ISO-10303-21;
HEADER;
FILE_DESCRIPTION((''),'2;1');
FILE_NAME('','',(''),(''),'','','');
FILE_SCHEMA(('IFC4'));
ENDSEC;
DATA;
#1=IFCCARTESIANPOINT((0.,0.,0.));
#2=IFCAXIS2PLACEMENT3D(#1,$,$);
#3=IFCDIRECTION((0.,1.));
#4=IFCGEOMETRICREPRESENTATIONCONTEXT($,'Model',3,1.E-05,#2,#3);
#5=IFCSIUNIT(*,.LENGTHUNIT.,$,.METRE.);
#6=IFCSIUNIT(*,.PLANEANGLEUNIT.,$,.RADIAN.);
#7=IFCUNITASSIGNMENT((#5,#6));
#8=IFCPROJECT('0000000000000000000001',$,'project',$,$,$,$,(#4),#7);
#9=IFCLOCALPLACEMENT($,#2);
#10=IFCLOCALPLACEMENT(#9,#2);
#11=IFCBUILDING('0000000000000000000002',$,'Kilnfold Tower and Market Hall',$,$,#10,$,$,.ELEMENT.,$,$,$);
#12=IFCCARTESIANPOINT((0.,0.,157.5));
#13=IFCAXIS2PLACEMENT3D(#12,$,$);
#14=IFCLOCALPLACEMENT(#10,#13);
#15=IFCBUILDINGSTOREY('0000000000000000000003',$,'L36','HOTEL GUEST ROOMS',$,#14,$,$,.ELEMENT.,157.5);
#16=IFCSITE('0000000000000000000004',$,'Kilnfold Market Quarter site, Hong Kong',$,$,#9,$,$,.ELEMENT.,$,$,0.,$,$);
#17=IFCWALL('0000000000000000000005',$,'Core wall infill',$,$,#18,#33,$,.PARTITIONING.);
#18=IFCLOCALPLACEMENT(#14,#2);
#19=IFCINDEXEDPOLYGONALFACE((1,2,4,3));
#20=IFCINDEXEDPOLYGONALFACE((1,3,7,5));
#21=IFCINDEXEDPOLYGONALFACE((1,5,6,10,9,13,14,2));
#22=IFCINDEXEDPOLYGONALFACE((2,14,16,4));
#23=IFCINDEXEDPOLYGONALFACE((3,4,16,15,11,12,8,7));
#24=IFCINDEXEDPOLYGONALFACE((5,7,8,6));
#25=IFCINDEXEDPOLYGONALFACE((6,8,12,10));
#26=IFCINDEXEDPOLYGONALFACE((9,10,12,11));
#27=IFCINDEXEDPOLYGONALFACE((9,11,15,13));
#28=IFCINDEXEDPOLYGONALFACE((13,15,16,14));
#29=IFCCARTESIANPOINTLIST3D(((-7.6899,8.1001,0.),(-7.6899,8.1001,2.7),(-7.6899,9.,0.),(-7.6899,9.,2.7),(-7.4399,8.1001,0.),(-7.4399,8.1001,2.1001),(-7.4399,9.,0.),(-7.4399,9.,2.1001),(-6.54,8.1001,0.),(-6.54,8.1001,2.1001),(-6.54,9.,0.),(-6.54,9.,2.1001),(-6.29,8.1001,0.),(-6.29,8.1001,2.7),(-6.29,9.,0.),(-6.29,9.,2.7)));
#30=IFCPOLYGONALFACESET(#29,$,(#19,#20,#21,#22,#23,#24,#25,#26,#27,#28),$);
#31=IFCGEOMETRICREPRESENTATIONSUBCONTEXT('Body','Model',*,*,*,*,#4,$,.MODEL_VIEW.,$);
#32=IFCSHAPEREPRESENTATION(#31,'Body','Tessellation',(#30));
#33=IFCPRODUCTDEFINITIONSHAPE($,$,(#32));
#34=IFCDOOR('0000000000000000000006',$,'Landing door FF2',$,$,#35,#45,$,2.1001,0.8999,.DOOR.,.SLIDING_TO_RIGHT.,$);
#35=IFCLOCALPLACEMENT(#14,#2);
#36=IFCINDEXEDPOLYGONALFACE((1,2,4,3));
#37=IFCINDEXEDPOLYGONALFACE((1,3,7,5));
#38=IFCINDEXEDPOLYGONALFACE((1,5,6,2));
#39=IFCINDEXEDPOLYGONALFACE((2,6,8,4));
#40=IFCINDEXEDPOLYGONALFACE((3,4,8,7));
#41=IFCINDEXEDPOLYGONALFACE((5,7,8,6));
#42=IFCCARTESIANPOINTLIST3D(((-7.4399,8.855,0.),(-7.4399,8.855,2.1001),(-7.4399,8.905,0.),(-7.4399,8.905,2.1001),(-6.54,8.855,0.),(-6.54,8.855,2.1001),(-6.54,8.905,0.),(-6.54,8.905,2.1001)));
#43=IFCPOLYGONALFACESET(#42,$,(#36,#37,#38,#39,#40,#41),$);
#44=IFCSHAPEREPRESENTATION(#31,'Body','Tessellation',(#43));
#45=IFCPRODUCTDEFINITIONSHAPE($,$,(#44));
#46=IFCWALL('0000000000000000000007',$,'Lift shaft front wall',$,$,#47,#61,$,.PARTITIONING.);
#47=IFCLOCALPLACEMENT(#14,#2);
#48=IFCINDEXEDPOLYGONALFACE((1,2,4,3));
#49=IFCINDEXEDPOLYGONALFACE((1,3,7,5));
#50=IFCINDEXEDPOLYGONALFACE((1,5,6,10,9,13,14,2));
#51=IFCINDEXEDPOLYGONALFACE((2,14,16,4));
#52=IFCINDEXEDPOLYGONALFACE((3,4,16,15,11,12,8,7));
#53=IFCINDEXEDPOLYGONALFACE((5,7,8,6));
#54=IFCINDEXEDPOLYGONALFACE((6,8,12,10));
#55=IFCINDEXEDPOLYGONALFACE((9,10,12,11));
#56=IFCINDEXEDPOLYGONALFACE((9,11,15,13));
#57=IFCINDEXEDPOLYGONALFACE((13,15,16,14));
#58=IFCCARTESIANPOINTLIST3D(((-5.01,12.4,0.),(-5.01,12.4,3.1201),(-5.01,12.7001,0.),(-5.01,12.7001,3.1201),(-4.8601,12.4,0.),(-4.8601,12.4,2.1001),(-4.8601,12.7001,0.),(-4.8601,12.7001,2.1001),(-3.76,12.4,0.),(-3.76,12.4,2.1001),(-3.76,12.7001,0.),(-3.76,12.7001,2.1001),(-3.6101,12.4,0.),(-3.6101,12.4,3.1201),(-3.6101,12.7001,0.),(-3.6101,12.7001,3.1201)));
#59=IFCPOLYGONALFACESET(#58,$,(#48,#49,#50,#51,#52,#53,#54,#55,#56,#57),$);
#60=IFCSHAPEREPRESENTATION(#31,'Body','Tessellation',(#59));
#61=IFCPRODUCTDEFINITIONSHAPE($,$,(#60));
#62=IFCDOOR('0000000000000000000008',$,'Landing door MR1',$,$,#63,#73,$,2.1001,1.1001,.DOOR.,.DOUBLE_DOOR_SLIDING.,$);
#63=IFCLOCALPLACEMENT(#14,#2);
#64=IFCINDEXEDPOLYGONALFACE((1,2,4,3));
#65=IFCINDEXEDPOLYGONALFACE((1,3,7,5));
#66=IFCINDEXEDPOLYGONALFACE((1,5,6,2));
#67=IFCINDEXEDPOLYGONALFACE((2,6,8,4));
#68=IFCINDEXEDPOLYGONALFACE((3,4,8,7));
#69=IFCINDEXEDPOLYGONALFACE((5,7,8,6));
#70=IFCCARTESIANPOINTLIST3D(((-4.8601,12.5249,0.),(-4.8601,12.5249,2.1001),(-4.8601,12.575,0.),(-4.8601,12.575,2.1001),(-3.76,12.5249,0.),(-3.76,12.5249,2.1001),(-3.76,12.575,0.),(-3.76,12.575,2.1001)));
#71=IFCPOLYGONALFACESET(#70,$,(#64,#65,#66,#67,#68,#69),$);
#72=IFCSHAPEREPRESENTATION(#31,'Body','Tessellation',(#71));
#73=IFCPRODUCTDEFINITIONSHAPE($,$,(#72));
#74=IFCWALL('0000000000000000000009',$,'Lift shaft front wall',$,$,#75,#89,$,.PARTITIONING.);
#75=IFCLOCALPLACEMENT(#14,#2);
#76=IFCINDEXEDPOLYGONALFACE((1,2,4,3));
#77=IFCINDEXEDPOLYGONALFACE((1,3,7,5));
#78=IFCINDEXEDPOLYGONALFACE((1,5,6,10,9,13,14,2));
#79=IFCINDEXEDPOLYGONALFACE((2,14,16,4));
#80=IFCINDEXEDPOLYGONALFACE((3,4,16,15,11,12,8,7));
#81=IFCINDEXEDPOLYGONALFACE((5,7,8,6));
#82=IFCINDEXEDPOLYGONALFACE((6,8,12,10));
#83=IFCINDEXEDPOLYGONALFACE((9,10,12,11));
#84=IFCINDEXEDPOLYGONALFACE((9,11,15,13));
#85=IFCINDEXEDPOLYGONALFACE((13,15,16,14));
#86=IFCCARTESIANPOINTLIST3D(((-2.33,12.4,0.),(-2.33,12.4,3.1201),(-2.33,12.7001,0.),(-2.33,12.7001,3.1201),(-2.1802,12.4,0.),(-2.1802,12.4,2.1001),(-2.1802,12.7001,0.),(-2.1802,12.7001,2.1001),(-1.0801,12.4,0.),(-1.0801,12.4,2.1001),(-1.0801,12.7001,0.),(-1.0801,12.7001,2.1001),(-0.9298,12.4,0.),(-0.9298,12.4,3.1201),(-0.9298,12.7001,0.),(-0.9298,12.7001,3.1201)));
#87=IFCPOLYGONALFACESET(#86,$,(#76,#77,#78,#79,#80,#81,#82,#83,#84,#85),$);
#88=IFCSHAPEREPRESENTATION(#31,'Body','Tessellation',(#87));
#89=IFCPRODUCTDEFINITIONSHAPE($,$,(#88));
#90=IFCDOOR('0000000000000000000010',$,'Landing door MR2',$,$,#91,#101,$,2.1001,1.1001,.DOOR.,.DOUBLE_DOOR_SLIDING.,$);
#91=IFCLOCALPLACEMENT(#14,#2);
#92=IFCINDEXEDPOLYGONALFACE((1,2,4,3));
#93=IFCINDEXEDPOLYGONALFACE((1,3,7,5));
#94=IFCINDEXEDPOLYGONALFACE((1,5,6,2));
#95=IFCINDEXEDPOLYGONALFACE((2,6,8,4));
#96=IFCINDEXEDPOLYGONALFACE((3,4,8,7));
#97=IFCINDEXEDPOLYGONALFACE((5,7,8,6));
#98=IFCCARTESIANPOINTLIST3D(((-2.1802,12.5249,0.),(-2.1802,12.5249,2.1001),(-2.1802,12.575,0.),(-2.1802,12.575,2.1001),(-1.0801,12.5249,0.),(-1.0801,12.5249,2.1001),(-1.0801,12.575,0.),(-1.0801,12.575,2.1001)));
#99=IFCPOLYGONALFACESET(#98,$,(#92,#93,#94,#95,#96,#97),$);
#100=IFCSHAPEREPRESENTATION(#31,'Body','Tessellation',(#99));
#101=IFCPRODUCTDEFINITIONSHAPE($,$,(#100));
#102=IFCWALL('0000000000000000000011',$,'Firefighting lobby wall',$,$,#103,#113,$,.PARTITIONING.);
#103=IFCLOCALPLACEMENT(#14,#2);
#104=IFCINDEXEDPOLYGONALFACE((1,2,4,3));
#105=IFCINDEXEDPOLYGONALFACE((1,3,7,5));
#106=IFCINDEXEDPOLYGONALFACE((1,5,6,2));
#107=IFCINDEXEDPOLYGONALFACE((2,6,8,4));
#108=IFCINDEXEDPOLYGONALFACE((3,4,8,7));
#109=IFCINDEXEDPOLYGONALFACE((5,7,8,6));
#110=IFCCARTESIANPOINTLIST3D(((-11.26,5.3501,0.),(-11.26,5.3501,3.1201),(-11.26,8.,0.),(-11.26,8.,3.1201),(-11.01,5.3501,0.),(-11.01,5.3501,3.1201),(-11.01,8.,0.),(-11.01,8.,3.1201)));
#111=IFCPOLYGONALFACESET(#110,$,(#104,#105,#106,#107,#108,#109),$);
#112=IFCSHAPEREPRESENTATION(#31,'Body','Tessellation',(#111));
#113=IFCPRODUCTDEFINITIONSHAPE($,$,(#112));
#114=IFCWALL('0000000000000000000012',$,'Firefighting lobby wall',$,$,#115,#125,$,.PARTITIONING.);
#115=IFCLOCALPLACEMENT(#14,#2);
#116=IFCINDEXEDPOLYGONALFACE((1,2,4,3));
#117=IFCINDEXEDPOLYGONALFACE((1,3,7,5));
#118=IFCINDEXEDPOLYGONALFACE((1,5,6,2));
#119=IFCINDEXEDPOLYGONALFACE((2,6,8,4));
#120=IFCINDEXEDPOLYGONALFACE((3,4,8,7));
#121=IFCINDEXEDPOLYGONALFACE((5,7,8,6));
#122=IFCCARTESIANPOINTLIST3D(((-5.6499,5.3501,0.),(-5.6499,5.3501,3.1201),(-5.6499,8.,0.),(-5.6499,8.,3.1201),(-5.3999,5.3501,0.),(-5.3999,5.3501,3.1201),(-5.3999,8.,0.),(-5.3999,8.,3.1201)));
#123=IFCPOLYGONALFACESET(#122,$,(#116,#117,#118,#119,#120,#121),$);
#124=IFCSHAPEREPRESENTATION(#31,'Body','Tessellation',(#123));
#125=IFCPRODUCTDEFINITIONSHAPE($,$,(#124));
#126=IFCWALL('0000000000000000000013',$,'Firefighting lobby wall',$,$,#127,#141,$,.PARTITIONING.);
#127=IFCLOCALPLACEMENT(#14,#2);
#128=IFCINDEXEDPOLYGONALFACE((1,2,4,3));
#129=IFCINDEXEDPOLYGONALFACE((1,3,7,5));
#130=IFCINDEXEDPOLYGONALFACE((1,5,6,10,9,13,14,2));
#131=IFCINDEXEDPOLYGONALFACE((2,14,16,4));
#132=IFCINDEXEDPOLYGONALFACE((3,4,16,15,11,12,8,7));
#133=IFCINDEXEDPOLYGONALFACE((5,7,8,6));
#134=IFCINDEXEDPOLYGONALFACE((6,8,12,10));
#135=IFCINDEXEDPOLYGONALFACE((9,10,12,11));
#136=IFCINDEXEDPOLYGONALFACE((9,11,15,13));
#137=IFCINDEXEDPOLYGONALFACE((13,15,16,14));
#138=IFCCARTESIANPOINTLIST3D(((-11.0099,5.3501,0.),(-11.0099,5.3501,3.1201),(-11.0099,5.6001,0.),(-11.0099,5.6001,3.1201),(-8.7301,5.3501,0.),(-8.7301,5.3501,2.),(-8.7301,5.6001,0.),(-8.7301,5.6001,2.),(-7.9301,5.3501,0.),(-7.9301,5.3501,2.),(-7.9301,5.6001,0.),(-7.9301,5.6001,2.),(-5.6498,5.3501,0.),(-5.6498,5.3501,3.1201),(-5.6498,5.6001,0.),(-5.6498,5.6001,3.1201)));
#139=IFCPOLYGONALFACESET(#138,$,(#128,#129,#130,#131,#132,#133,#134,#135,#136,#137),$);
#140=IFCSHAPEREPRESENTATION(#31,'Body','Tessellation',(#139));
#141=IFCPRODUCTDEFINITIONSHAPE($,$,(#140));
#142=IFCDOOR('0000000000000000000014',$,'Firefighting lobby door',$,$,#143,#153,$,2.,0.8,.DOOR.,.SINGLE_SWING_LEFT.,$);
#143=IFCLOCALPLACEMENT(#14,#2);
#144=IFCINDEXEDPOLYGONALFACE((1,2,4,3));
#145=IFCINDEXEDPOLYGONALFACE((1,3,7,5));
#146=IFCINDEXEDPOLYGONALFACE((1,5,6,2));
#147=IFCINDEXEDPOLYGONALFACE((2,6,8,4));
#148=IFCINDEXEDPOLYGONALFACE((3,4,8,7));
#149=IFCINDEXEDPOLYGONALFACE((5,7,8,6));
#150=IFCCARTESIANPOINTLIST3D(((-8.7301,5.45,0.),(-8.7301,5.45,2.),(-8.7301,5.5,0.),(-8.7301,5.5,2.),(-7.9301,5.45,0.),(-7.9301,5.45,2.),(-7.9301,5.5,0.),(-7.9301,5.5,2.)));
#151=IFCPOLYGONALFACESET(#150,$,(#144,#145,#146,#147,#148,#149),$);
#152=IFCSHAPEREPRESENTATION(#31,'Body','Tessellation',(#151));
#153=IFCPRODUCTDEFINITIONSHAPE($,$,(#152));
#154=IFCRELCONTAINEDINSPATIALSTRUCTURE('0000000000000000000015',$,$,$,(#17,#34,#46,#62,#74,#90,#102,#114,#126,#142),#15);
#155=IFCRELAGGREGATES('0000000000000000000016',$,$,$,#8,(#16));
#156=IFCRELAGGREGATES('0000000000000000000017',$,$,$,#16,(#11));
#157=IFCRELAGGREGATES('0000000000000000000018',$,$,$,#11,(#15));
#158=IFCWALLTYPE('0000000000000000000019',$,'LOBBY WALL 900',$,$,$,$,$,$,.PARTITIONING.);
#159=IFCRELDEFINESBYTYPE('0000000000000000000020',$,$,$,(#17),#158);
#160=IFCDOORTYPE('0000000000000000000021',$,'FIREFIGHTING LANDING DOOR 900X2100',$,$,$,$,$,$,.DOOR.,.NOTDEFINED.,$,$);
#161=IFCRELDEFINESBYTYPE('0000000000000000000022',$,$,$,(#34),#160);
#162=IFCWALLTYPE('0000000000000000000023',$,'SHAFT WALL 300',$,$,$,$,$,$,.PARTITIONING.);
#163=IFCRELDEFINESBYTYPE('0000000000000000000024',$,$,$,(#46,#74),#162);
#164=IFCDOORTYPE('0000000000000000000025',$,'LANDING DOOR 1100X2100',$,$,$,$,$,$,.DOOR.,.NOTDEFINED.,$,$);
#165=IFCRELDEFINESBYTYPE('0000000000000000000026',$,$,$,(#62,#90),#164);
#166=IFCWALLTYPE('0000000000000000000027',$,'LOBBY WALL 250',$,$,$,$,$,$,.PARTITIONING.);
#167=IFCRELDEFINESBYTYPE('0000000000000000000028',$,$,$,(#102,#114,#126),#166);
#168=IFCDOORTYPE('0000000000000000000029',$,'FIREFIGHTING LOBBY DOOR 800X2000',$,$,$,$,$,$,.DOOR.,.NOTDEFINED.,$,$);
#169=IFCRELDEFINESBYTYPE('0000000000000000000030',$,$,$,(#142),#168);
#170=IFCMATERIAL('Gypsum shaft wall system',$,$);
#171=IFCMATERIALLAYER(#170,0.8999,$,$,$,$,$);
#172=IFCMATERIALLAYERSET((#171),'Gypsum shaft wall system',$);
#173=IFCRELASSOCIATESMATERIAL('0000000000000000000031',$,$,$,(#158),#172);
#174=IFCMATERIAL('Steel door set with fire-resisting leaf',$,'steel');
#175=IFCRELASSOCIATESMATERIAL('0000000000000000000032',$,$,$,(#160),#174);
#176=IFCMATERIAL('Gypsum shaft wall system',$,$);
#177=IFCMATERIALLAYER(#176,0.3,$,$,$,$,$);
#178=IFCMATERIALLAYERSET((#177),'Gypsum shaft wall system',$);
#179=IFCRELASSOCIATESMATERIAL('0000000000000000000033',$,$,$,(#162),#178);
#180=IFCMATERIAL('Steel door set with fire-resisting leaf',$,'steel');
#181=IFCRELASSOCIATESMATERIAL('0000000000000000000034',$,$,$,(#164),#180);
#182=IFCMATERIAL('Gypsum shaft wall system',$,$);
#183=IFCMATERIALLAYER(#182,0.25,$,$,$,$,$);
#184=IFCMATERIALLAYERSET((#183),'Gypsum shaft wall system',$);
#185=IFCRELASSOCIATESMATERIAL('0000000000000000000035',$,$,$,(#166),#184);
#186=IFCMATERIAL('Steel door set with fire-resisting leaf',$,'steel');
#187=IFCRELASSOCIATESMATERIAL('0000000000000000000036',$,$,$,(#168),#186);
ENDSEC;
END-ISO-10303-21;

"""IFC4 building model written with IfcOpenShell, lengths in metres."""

from ifc_helpers import new_model, si_unit, direction, frame, frame_2d, origin, place, context, subcontext, project, spatial, rectangle, extrude, source, transform, mapped, material, layer, layer_set, type_object, element, fill, save


model = new_model("IFC4")

# Units and contexts
model_context = context("Model", 3, precision=1e-05, world=origin(), true_north=direction((0.0, 1.0)))
body_context = subcontext(model_context, "Body", "Model", "MODEL_VIEW")
ifc_project = project(units=[si_unit("LENGTHUNIT", "METRE"), si_unit("PLANEANGLEUNIT", "RADIAN")], contexts=[model_context])

# Site, building, storey
site_placement = place(None, origin())
site = spatial("IfcSite", under=ifc_project, at=site_placement, Name="Kilnfold Market Quarter site, Hong Kong", CompositionType="ELEMENT", RefElevation=0.0)
building_placement = place(site_placement, origin())
building = spatial("IfcBuilding", under=site, at=building_placement, Name="Kilnfold Tower and Market Hall", CompositionType="ELEMENT")
storey_placement = place(building_placement, frame((0.0, 0.0, 157.5)))
storey = spatial("IfcBuildingStorey", under=building, at=storey_placement, Name="L36", Description="HOTEL GUEST ROOMS", CompositionType="ELEMENT", Elevation=157.5)

# Walls, openings, doors
ifc_material_1 = material(Name="Gypsum shaft wall system")
ifc_layer_1 = layer(ifc_material_1, 0.8999)
ifc_layer_set_1 = layer_set([ifc_layer_1], Name="Gypsum shaft wall system")
wall_type_1 = type_object("IfcWallType", Name="LOBBY WALL 900", PredefinedType="PARTITIONING", material=ifc_layer_set_1)
ifc_material_2 = material(Name="Steel door set with fire-resisting leaf", Category="steel")
door_type_1 = type_object("IfcDoorType", Name="FIREFIGHTING LANDING DOOR 900X2100", OperationType="NOTDEFINED", PredefinedType="DOOR", material=ifc_material_2)
shared_shape_1 = source(origin(), body_context, "Body", "SweptSolid", [
    extrude(rectangle(XDim=1.3999, YDim=0.8999, at=frame_2d((0.7, 0.0))), origin(), (0.0, 0.0, 1.0), 2.7),
])
wall_1_placement = place(storey_placement, frame((-7.6899, 8.55, 0.0), z_axis=(0.0, 0.0, 1.0), x_axis=(1.0, 0.0, 0.0)))
wall_1 = element("IfcWall", 1, at=wall_1_placement, inside=storey, type_object=wall_type_1, Name="Core wall infill", PredefinedType="PARTITIONING", context=body_context, shape_type="MappedRepresentation", body=[
    mapped(shared_shape_1, transform((0.0, 0.0, 0.0))),
])
opening_1_placement = place(wall_1_placement, frame((0.25, 0.0, 0.0)))
opening_1 = element("IfcOpeningElement", 2, at=opening_1_placement, cuts=wall_1, PredefinedType="OPENING", context=body_context, shape_type="SweptSolid", body=[
    extrude(rectangle(XDim=0.8999, YDim=2.1001, at=frame_2d((0.45, 1.05))), frame((0.0, 0.46, 0.0), z_axis=(0.0, -1.0, 0.0), x_axis=(1.0, 0.0, 0.0)), (0.0, 0.0, 1.0), 0.9199),
])
door_1_placement = place(opening_1_placement, origin())
door_1 = element("IfcDoor", 3, at=door_1_placement, inside=storey, type_object=door_type_1, Name="Landing door FF2", OperationType="SLIDING_TO_RIGHT", OverallHeight=2.1001, OverallWidth=0.8999, PredefinedType="DOOR", context=body_context, shape_type="SweptSolid", body=[
    extrude(rectangle(XDim=0.8999, YDim=2.1001, at=frame_2d((0.45, 1.05))), frame((0.0, 0.355, 0.0), z_axis=(0.0, -1.0, 0.0), x_axis=(1.0, 0.0, 0.0)), (0.0, 0.0, 1.0), 0.05),
])
fill(opening_1, door_1)
ifc_material_3 = material(Name="Gypsum shaft wall system")
ifc_layer_2 = layer(ifc_material_3, 0.3)
ifc_layer_set_2 = layer_set([ifc_layer_2], Name="Gypsum shaft wall system")
wall_type_2 = type_object("IfcWallType", Name="SHAFT WALL 300", PredefinedType="PARTITIONING", material=ifc_layer_set_2)
shared_shape_2 = source(origin(), body_context, "Body", "SweptSolid", [
    extrude(rectangle(XDim=1.3999, YDim=0.3, at=frame_2d((0.7, 0.0))), origin(), (0.0, 0.0, 1.0), 3.1201),
])
wall_2_placement = place(storey_placement, frame((-5.01, 12.55, 0.0), z_axis=(0.0, 0.0, 1.0), x_axis=(1.0, 0.0, 0.0)))
wall_2 = element("IfcWall", 4, at=wall_2_placement, inside=storey, type_object=wall_type_2, Name="Lift shaft front wall", PredefinedType="PARTITIONING", context=body_context, shape_type="MappedRepresentation", body=[
    mapped(shared_shape_2, transform((0.0, 0.0, 0.0))),
])
opening_2_placement = place(wall_2_placement, frame((0.1499, 0.0, 0.0)))
opening_2 = element("IfcOpeningElement", 5, at=opening_2_placement, cuts=wall_2, PredefinedType="OPENING", context=body_context, shape_type="SweptSolid", body=[
    extrude(rectangle(XDim=1.1001, YDim=2.1001, at=frame_2d((0.55, 1.05))), frame((0.0, 0.1602, 0.0), z_axis=(0.0, -1.0, 0.0), x_axis=(1.0, 0.0, 0.0)), (0.0, 0.0, 1.0), 0.3201),
])
ifc_material_4 = material(Name="Steel door set with fire-resisting leaf", Category="steel")
door_type_2 = type_object("IfcDoorType", Name="LANDING DOOR 1100X2100", OperationType="NOTDEFINED", PredefinedType="DOOR", material=ifc_material_4)
door_2_placement = place(opening_2_placement, origin())
door_2 = element("IfcDoor", 6, at=door_2_placement, inside=storey, type_object=door_type_2, Name="Landing door MR1", OperationType="DOUBLE_DOOR_SLIDING", OverallHeight=2.1001, OverallWidth=1.1001, PredefinedType="DOOR", context=body_context, shape_type="SweptSolid", body=[
    extrude(rectangle(XDim=1.1001, YDim=2.1001, at=frame_2d((0.55, 1.05))), frame((0.0, 0.0249, 0.0), z_axis=(0.0, -1.0, 0.0), x_axis=(1.0, 0.0, 0.0)), (0.0, 0.0, 1.0), 0.05),
])
fill(opening_2, door_2)
shared_shape_3 = source(origin(), body_context, "Body", "SweptSolid", [
    extrude(rectangle(XDim=1.4001, YDim=0.3, at=frame_2d((0.7002, 0.0))), origin(), (0.0, 0.0, 1.0), 3.1201),
])
wall_3_placement = place(storey_placement, frame((-2.3301, 12.55, 0.0), z_axis=(0.0, 0.0, 1.0), x_axis=(1.0, 0.0, 0.0)))
wall_3 = element("IfcWall", 7, at=wall_3_placement, inside=storey, type_object=wall_type_2, Name="Lift shaft front wall", PredefinedType="PARTITIONING", context=body_context, shape_type="MappedRepresentation", body=[
    mapped(shared_shape_3, transform((0.0, 0.0, 0.0))),
])
opening_3_placement = place(wall_3_placement, frame((0.1499, 0.0, 0.0)))
opening_3 = element("IfcOpeningElement", 8, at=opening_3_placement, cuts=wall_3, PredefinedType="OPENING", context=body_context, shape_type="SweptSolid", body=[
    extrude(rectangle(XDim=1.1001, YDim=2.1001, at=frame_2d((0.55, 1.05))), frame((0.0, 0.1602, 0.0), z_axis=(0.0, -1.0, 0.0), x_axis=(1.0, 0.0, 0.0)), (0.0, 0.0, 1.0), 0.3201),
])
door_3_placement = place(opening_3_placement, origin())
door_3 = element("IfcDoor", 9, at=door_3_placement, inside=storey, type_object=door_type_2, Name="Landing door MR2", OperationType="DOUBLE_DOOR_SLIDING", OverallHeight=2.1001, OverallWidth=1.1001, PredefinedType="DOOR", context=body_context, shape_type="SweptSolid", body=[
    extrude(rectangle(XDim=1.1001, YDim=2.1001, at=frame_2d((0.55, 1.05))), frame((0.0, 0.0249, 0.0), z_axis=(0.0, -1.0, 0.0), x_axis=(1.0, 0.0, 0.0)), (0.0, 0.0, 1.0), 0.05),
])
fill(opening_3, door_3)

# Walls
ifc_material_5 = material(Name="Gypsum shaft wall system")
ifc_layer_3 = layer(ifc_material_5, 0.25)
ifc_layer_set_3 = layer_set([ifc_layer_3], Name="Gypsum shaft wall system")
wall_type_3 = type_object("IfcWallType", Name="LOBBY WALL 250", PredefinedType="PARTITIONING", material=ifc_layer_set_3)
shared_shape_4 = source(origin(), body_context, "Body", "SweptSolid", [
    extrude(rectangle(XDim=2.6499, YDim=0.25, at=frame_2d((1.325, 0.0))), origin(), (0.0, 0.0, 1.0), 3.1201),
])
for number, where, z_axis, x_axis, name in (
    (10, (-11.135, 5.3501, 0.0), (0.0, 0.0, 1.0), (0.0, 1.0, 0.0), "Firefighting lobby wall"),
    (11, (-5.5249, 5.3501, 0.0), (0.0, 0.0, 1.0), (0.0, 1.0, 0.0), "Firefighting lobby wall"),
):
    element("IfcWall", number, at=place(storey_placement, frame(where, z_axis=z_axis, x_axis=x_axis)), inside=storey, type_object=wall_type_3, Name=name, PredefinedType="PARTITIONING", context=body_context, shape_type="MappedRepresentation", body=[
        mapped(shared_shape_4, transform((0.0, 0.0, 0.0))),
    ])

# Wall, opening, door
shared_shape_5 = source(origin(), body_context, "Body", "SweptSolid", [
    extrude(rectangle(XDim=5.3601, YDim=0.25, at=frame_2d((2.6802, 0.0))), origin(), (0.0, 0.0, 1.0), 3.1201),
])
wall_4_placement = place(storey_placement, frame((-11.01, 5.4751, 0.0), z_axis=(0.0, 0.0, 1.0), x_axis=(1.0, 0.0, 0.0)))
wall_4 = element("IfcWall", 12, at=wall_4_placement, inside=storey, type_object=wall_type_3, Name="Firefighting lobby wall", PredefinedType="PARTITIONING", context=body_context, shape_type="MappedRepresentation", body=[
    mapped(shared_shape_5, transform((0.0, 0.0, 0.0))),
])
opening_4_placement = place(wall_4_placement, frame((2.28, 0.0, 0.0)))
opening_4 = element("IfcOpeningElement", 13, at=opening_4_placement, cuts=wall_4, PredefinedType="OPENING", context=body_context, shape_type="SweptSolid", body=[
    extrude(rectangle(XDim=0.8, YDim=2.0, at=frame_2d((0.3999, 1.0))), frame((0.0, 0.135, 0.0), z_axis=(0.0, -1.0, 0.0), x_axis=(1.0, 0.0, 0.0)), (0.0, 0.0, 1.0), 0.27),
])
ifc_material_6 = material(Name="Steel door set with fire-resisting leaf", Category="steel")
door_type_3 = type_object("IfcDoorType", Name="FIREFIGHTING LOBBY DOOR 800X2000", OperationType="NOTDEFINED", PredefinedType="DOOR", material=ifc_material_6)
door_4_placement = place(opening_4_placement, origin())
door_4 = element("IfcDoor", 14, at=door_4_placement, inside=storey, type_object=door_type_3, Name="Firefighting lobby door", OperationType="SINGLE_SWING_LEFT", OverallHeight=2.0, OverallWidth=0.8, PredefinedType="DOOR", context=body_context, shape_type="SweptSolid", body=[
    extrude(rectangle(XDim=0.8, YDim=2.0, at=frame_2d((0.3999, 1.0))), frame((0.0, 0.0249, 0.0), z_axis=(0.0, -1.0, 0.0), x_axis=(1.0, 0.0, 0.0)), (0.0, 0.0, 1.0), 0.05),
])
fill(opening_4, door_4)

save(model, "model.ifc")
